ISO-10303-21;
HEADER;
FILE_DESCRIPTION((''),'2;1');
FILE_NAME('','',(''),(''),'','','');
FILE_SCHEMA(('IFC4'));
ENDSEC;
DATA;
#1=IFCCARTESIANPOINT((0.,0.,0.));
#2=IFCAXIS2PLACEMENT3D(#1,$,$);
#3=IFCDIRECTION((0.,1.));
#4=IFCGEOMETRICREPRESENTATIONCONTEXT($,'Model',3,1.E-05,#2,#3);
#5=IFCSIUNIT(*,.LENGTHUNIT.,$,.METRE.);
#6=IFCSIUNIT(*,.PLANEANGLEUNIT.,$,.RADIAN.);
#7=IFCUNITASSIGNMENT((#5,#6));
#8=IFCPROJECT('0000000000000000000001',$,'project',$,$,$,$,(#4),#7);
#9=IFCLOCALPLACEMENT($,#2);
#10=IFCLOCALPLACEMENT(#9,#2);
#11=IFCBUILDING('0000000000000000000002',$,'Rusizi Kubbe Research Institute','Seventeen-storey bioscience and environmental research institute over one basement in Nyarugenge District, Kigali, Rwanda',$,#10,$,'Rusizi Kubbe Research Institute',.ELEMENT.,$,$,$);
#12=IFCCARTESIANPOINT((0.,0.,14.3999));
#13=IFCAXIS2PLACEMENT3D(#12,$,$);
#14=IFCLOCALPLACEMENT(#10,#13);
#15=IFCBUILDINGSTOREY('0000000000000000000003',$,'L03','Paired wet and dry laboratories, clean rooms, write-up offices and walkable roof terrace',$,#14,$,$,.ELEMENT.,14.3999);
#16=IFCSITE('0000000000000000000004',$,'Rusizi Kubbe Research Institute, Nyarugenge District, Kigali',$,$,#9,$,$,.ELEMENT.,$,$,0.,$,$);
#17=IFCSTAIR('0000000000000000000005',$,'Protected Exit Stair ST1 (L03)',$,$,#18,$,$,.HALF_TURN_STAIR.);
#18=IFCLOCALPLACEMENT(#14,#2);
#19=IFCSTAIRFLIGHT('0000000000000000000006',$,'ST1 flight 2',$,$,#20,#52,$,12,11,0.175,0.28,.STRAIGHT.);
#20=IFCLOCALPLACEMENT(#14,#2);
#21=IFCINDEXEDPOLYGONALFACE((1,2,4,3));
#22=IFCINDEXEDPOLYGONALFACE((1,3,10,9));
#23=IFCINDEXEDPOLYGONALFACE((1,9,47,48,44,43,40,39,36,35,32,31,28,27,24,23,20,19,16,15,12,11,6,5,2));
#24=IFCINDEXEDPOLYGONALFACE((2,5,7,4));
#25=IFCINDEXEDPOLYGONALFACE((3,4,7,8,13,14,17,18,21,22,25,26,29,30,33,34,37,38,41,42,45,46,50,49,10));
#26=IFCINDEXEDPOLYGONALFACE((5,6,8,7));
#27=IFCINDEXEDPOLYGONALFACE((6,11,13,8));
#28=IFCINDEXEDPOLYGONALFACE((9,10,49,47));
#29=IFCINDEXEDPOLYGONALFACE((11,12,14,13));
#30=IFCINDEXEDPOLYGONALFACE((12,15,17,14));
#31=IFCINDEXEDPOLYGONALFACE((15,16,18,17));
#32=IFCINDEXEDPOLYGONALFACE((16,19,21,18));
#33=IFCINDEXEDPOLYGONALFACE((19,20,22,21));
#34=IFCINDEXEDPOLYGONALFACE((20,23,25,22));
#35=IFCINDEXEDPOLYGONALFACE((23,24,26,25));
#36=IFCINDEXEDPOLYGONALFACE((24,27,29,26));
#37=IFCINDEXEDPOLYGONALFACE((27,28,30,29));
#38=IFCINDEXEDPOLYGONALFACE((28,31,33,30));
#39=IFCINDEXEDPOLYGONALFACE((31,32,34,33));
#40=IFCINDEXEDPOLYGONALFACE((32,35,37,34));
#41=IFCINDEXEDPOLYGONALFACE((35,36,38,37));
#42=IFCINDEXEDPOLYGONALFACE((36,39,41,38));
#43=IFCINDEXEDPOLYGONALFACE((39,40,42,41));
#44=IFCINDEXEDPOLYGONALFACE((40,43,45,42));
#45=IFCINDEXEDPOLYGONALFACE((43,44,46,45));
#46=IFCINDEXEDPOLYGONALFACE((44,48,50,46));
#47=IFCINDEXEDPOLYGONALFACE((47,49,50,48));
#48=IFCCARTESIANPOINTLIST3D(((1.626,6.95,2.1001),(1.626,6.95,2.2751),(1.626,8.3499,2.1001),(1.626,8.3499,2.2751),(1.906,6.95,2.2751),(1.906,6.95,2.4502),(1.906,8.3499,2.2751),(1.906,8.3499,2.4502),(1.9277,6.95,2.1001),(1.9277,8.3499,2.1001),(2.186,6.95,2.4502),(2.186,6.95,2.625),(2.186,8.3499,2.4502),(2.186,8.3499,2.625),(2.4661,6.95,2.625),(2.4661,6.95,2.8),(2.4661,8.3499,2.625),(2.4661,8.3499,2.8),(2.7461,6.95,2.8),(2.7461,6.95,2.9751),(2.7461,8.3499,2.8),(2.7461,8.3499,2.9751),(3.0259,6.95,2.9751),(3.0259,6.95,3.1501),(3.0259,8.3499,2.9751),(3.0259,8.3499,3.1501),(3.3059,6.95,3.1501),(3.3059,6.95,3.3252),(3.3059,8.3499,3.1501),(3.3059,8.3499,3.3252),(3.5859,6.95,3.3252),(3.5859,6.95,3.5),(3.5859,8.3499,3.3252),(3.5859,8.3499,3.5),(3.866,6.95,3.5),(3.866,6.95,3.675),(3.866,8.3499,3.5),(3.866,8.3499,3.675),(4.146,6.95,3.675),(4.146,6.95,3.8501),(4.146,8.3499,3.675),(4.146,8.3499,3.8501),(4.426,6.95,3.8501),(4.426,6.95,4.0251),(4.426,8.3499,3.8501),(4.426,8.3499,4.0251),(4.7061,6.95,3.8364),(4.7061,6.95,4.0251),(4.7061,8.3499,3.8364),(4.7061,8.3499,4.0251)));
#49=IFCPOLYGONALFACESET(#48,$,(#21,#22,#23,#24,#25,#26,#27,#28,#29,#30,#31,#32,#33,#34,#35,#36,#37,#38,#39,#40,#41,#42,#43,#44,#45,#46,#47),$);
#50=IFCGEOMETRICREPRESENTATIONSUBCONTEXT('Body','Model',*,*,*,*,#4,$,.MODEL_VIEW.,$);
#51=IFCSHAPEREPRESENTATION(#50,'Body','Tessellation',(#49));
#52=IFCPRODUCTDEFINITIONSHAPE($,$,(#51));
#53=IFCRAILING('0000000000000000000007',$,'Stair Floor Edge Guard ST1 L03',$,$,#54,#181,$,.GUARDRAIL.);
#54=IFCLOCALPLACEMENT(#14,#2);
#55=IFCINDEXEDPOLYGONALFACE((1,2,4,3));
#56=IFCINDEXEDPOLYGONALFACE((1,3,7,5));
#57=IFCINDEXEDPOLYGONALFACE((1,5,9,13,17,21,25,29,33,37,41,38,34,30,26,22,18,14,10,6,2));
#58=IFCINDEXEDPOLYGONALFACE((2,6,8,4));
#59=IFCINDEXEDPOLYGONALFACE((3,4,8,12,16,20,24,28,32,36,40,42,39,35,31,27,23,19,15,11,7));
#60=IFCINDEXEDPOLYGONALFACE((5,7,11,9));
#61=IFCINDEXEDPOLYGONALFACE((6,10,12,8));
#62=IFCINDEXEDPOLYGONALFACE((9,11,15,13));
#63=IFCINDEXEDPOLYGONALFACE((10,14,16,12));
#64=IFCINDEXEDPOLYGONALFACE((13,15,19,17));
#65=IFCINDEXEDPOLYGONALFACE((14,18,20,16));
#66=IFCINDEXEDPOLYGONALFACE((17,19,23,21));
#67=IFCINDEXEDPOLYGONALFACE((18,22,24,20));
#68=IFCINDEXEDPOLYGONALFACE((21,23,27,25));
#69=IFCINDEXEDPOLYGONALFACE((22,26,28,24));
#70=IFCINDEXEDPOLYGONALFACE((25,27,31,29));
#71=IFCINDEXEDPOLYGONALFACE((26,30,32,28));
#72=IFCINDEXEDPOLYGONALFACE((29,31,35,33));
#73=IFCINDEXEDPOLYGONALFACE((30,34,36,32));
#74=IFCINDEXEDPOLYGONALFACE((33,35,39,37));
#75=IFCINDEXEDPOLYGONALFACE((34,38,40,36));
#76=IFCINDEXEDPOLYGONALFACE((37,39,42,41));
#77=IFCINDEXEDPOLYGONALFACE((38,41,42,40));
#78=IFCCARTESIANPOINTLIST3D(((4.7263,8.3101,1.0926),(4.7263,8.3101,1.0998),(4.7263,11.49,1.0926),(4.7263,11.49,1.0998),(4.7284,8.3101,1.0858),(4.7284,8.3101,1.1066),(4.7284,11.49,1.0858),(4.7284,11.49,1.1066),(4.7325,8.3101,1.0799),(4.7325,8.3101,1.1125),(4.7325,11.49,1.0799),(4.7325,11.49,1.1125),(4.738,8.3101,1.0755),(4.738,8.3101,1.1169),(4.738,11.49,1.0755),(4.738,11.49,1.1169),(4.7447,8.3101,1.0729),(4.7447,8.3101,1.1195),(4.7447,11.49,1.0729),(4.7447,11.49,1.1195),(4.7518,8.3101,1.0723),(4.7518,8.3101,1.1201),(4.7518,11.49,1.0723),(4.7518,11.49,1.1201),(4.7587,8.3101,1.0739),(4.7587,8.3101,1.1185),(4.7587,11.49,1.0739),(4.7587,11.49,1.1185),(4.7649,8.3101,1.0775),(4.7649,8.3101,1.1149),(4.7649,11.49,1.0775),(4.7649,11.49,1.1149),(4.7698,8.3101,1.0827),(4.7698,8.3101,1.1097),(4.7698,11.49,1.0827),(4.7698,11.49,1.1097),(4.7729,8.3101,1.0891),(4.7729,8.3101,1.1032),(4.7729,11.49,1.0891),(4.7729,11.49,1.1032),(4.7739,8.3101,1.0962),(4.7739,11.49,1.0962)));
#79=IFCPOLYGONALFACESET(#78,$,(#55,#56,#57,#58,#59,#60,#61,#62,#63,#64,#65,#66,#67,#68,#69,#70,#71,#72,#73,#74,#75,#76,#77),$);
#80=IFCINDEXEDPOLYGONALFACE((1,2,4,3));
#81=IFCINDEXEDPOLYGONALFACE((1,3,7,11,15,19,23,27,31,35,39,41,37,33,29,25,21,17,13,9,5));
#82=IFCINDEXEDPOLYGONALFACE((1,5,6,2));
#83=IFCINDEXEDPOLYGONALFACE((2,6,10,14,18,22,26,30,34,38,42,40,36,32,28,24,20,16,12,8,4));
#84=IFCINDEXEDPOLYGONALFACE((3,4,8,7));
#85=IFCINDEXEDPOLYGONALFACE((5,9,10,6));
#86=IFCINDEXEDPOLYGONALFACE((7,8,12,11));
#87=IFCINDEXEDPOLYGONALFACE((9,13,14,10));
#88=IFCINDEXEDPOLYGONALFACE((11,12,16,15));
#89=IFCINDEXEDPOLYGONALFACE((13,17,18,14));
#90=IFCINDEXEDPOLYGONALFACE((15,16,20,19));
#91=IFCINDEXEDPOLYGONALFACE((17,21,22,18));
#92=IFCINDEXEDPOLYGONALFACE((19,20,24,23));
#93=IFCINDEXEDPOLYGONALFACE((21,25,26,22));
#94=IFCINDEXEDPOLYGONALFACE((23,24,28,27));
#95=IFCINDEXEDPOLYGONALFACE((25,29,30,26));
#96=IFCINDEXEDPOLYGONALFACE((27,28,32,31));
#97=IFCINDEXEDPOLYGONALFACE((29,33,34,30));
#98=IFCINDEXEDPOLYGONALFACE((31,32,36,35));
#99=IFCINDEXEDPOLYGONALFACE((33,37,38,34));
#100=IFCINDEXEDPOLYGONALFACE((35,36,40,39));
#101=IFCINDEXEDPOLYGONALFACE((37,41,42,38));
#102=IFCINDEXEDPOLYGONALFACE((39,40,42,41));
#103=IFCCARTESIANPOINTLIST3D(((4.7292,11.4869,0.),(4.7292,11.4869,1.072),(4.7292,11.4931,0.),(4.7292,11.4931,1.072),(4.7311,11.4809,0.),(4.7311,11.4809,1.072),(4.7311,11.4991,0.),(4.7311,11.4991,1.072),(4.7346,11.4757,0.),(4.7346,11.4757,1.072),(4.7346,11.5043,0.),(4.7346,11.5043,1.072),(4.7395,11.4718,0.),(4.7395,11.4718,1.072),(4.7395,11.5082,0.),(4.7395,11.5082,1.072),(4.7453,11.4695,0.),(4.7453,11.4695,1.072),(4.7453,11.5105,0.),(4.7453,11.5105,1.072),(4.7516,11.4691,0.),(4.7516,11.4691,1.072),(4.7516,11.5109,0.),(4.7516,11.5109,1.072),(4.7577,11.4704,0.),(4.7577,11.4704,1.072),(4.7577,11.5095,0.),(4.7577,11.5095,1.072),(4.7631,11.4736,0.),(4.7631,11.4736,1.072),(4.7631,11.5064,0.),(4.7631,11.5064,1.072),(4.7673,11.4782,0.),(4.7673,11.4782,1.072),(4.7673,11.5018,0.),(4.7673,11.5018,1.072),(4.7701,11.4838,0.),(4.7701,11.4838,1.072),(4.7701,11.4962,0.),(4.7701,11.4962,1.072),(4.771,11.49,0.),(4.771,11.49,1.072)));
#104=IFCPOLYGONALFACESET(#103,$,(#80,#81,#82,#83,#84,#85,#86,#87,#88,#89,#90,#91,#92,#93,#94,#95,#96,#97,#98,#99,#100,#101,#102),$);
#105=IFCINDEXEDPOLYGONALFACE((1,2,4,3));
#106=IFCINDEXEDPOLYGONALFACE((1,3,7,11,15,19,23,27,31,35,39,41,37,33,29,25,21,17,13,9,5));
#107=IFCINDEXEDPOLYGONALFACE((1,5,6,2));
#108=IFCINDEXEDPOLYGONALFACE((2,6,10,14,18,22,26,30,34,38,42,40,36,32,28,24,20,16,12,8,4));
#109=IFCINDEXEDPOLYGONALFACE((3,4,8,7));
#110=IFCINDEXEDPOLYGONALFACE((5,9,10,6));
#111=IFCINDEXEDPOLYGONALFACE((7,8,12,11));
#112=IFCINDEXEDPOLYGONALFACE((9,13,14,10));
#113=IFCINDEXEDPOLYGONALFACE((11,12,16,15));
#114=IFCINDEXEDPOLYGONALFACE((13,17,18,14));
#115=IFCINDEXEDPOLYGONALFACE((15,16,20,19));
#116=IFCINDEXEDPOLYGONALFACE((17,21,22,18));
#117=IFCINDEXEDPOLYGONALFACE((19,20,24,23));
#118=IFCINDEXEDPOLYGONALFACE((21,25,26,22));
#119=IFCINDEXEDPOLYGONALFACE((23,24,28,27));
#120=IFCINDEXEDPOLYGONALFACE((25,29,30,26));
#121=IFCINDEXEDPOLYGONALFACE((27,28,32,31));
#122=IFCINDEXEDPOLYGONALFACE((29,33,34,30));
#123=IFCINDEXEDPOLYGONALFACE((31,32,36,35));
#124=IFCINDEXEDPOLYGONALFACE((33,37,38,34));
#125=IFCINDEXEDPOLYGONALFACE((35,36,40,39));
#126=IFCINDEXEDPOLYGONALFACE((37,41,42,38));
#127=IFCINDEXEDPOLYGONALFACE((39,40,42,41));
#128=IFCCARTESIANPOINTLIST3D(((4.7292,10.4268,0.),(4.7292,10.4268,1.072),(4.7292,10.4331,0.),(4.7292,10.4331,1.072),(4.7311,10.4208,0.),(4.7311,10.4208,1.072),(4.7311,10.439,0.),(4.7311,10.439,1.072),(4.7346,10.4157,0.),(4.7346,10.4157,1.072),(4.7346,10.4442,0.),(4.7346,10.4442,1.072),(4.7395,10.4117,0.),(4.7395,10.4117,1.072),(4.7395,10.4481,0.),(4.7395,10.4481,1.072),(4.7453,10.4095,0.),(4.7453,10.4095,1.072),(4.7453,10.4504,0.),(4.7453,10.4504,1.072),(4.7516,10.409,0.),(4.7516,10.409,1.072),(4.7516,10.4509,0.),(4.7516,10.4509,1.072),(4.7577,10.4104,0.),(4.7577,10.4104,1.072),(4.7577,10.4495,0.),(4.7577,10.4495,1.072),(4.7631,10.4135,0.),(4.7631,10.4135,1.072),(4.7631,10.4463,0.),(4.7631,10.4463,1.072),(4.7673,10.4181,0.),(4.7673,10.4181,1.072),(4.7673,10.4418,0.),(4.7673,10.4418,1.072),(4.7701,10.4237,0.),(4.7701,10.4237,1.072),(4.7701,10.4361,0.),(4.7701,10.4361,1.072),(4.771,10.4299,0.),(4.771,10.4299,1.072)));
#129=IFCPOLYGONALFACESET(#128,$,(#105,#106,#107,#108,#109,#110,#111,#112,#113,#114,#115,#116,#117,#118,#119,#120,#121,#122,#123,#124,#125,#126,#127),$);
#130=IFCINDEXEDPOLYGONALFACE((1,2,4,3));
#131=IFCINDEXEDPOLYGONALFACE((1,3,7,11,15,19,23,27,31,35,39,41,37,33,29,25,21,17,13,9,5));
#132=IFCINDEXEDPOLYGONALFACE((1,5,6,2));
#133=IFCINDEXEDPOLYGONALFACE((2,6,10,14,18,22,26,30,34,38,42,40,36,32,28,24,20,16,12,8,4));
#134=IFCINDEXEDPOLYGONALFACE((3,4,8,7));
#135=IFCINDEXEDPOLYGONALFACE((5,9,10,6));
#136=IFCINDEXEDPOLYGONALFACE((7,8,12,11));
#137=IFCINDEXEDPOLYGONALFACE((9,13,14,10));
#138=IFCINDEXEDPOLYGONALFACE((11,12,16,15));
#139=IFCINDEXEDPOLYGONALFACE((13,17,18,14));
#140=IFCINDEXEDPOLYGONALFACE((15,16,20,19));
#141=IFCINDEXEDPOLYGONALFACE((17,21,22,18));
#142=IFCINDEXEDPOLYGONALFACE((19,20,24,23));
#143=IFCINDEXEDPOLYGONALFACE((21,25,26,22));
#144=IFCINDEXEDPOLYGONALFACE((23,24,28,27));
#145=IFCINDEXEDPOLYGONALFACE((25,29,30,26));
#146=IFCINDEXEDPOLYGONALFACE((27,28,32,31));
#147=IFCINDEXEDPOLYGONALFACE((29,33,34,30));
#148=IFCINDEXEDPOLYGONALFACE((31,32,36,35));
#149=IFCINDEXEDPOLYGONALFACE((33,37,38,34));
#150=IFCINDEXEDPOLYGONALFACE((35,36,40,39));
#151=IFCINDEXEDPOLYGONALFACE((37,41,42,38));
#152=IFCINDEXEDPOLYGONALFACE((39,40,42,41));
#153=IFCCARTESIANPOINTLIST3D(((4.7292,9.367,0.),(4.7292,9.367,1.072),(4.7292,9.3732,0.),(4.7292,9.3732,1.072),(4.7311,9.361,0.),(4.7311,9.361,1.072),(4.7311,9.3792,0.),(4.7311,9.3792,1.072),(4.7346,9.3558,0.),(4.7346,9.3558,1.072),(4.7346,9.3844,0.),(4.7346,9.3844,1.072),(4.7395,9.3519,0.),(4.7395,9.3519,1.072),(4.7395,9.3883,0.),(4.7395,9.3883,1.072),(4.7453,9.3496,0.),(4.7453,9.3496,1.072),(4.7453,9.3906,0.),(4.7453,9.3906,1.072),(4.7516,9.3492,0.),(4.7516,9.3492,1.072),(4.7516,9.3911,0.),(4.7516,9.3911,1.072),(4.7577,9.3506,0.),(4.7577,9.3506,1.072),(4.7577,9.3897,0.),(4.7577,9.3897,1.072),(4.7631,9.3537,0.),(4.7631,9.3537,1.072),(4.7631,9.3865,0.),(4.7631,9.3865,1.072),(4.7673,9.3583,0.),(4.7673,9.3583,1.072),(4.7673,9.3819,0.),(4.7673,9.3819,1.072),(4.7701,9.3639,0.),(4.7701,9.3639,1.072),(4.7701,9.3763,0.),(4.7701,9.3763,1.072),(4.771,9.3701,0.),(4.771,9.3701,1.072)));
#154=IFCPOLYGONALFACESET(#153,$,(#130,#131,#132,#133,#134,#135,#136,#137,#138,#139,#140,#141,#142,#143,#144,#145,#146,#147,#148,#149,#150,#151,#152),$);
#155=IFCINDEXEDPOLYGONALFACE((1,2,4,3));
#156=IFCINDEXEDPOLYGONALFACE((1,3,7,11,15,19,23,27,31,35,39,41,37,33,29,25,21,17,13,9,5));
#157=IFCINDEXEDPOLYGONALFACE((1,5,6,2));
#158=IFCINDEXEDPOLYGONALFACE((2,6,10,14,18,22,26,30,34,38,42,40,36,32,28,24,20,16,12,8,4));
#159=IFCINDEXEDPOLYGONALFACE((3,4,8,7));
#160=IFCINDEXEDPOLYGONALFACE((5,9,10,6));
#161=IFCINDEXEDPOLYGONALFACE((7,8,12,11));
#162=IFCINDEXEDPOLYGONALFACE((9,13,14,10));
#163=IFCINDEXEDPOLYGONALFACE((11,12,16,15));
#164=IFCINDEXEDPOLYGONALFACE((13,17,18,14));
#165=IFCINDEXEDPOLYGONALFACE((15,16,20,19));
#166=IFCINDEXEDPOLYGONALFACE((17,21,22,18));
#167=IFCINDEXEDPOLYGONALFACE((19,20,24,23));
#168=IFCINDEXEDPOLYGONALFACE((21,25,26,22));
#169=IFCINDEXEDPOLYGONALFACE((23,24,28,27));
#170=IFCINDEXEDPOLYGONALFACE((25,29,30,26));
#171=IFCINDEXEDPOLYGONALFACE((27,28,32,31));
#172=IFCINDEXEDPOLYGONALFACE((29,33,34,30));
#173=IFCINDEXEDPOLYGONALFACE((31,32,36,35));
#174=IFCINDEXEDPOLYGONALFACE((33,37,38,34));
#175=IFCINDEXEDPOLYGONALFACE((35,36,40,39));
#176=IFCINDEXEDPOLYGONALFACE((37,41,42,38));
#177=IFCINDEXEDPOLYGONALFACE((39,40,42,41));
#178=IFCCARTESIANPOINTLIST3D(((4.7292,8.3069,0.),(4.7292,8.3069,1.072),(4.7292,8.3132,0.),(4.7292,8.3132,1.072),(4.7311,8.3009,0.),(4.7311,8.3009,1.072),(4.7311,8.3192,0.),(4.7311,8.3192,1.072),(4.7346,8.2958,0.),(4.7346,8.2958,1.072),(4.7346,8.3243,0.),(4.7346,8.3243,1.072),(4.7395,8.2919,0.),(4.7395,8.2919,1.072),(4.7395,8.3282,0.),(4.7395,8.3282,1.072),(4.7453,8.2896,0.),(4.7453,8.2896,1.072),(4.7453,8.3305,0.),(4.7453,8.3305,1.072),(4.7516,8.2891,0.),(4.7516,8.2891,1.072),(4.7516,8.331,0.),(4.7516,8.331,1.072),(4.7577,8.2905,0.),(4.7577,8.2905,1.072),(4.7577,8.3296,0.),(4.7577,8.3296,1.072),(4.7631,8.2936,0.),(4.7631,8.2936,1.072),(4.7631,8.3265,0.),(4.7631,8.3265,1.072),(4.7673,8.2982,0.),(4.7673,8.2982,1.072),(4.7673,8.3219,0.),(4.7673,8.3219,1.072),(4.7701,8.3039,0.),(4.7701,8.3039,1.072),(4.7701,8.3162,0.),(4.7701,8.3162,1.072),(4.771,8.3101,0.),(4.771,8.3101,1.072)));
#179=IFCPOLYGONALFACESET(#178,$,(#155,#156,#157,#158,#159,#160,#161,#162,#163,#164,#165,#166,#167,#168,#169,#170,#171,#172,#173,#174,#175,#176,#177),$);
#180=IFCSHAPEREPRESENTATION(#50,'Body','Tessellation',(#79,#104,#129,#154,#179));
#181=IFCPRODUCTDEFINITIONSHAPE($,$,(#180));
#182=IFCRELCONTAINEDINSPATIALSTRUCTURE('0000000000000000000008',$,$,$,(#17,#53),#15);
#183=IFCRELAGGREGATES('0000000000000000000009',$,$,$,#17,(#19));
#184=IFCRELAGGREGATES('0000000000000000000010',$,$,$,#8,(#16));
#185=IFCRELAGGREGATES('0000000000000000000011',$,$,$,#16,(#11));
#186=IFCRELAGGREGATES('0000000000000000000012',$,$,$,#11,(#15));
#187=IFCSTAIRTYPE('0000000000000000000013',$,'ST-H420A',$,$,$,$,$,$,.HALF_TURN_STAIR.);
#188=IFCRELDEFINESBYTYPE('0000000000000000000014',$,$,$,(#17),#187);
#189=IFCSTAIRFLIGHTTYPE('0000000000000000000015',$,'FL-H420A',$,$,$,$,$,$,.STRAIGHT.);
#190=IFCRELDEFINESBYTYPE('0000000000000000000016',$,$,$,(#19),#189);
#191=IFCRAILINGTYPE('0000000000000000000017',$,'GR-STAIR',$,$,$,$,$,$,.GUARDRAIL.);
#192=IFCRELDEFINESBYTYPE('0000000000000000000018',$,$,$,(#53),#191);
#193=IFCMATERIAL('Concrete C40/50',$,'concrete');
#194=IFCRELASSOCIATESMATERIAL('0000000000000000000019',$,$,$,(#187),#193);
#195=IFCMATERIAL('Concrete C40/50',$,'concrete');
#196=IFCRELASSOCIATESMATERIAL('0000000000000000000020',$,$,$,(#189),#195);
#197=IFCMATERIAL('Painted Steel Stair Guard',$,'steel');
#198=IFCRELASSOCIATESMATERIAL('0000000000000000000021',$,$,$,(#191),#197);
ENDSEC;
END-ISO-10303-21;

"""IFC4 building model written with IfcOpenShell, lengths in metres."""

from ifc_helpers import new_model, si_unit, direction, frame, origin, origin_2d, place, context, subcontext, project, spatial, polyline, circle, outline, extrude, material, type_object, element, aggregate, save


model = new_model("IFC4")

# Units and contexts
model_context = context("Model", 3, precision=1e-05, world=origin(), true_north=direction((0.0, 1.0)))
body_context = subcontext(model_context, "Body", "Model", "MODEL_VIEW")
ifc_project = project(units=[si_unit("LENGTHUNIT", "METRE"), si_unit("PLANEANGLEUNIT", "RADIAN")], contexts=[model_context])

# Site, building, storey
site_placement = place(None, origin())
site = spatial("IfcSite", under=ifc_project, at=site_placement, Name="Rusizi Kubbe Research Institute, Nyarugenge District, Kigali", CompositionType="ELEMENT", RefElevation=0.0)
building_placement = place(site_placement, origin())
building = spatial("IfcBuilding", under=site, at=building_placement, Name="Rusizi Kubbe Research Institute", Description="Seventeen-storey bioscience and environmental research institute over one basement in Nyarugenge District, Kigali, Rwanda", LongName="Rusizi Kubbe Research Institute", CompositionType="ELEMENT")
storey_placement = place(building_placement, frame((0.0, 0.0, 14.3999)))
storey = spatial("IfcBuildingStorey", under=building, at=storey_placement, Name="L03", Description="Paired wet and dry laboratories, clean rooms, write-up offices and walkable roof terrace", CompositionType="ELEMENT", Elevation=14.3999)

# Stair, stair flight
ifc_material_1 = material(Name="Concrete C40/50", Category="concrete")
stair_type = type_object("IfcStairType", Name="ST-H420A", PredefinedType="HALF_TURN_STAIR", material=ifc_material_1)
stair_placement = place(storey_placement, origin())
stair = element("IfcStair", 1, at=stair_placement, inside=storey, type_object=stair_type, Name="Protected Exit Stair ST1 (L03)", PredefinedType="HALF_TURN_STAIR")
ifc_material_2 = material(Name="Concrete C40/50", Category="concrete")
stair_flight_type = type_object("IfcStairFlightType", Name="FL-H420A", PredefinedType="STRAIGHT", material=ifc_material_2)
stair_flight_1_placement = place(storey_placement, frame((1.626, 7.6499, 2.1001), z_axis=(0.0, 0.0, 1.0), x_axis=(1.0, 0.0, 0.0)))
stair_flight_1 = element("IfcStairFlight", 2, at=stair_flight_1_placement, type_object=stair_flight_type, Name="ST1 flight 2", NumberOfRisers=12, NumberOfTreads=11, PredefinedType="STRAIGHT", RiserHeight=0.175, TreadLength=0.28, context=body_context, shape_type="SweptSolid", body=[
    extrude(outline(polyline([(0.0, 0.0), (0.0, 0.175), (0.28, 0.175), (0.28, 0.3501), (0.5601, 0.3501), (0.5601, 0.5249), (0.8401, 0.5249), (0.8401, 0.7), (1.1201, 0.7), (1.1201, 0.875), (1.3999, 0.875), (1.3999, 1.05), (1.6799, 1.05), (1.6799, 1.2251), (1.96, 1.2251), (1.96, 1.3999), (2.24, 1.3999), (2.24, 1.575), (2.52, 1.575), (2.52, 1.75), (2.8, 1.75), (2.8, 1.925), (3.0801, 1.925), (3.0801, 2.1001), (3.0801, 1.7363), (0.3018, 0.0), (0.0, 0.0)])), frame((0.0, 0.7, 0.0), z_axis=(0.0, -1.0, 0.0), x_axis=(1.0, 0.0, 0.0)), (0.0, 0.0, 1.0), 1.3999),
])
aggregate(stair, [stair_flight_1])

# Railing
ifc_material_3 = material(Name="Painted Steel Stair Guard", Category="steel")
railing_type_1 = type_object("IfcRailingType", Name="GR-STAIR", PredefinedType="GUARDRAIL", material=ifc_material_3)
railing_1_placement = place(storey_placement, frame((4.75, 11.49, 0.0)))
element("IfcRailing", 3, at=railing_1_placement, inside=storey, type_object=railing_type_1, Name="Stair Floor Edge Guard ST1 L03", PredefinedType="GUARDRAIL", context=body_context, shape_type="SweptSolid", body=[
    extrude(circle(Radius=0.0239, at=origin_2d()), frame((0.0, 0.0, 1.0962), z_axis=(0.0, -1.0, 0.0), x_axis=(1.0, 0.0, 0.0)), (0.0, 0.0, 1.0), 3.1799),
    extrude(circle(Radius=0.021, at=origin_2d()), origin(), (0.0, 0.0, 1.0), 1.072),
    extrude(circle(Radius=0.021, at=origin_2d()), frame((0.0, -1.0601, 0.0)), (0.0, 0.0, 1.0), 1.072),
    extrude(circle(Radius=0.021, at=origin_2d()), frame((0.0, -2.1199, 0.0)), (0.0, 0.0, 1.0), 1.072),
    extrude(circle(Radius=0.021, at=origin_2d()), frame((0.0, -3.1799, 0.0)), (0.0, 0.0, 1.0), 1.072),
])

save(model, "model.ifc")
